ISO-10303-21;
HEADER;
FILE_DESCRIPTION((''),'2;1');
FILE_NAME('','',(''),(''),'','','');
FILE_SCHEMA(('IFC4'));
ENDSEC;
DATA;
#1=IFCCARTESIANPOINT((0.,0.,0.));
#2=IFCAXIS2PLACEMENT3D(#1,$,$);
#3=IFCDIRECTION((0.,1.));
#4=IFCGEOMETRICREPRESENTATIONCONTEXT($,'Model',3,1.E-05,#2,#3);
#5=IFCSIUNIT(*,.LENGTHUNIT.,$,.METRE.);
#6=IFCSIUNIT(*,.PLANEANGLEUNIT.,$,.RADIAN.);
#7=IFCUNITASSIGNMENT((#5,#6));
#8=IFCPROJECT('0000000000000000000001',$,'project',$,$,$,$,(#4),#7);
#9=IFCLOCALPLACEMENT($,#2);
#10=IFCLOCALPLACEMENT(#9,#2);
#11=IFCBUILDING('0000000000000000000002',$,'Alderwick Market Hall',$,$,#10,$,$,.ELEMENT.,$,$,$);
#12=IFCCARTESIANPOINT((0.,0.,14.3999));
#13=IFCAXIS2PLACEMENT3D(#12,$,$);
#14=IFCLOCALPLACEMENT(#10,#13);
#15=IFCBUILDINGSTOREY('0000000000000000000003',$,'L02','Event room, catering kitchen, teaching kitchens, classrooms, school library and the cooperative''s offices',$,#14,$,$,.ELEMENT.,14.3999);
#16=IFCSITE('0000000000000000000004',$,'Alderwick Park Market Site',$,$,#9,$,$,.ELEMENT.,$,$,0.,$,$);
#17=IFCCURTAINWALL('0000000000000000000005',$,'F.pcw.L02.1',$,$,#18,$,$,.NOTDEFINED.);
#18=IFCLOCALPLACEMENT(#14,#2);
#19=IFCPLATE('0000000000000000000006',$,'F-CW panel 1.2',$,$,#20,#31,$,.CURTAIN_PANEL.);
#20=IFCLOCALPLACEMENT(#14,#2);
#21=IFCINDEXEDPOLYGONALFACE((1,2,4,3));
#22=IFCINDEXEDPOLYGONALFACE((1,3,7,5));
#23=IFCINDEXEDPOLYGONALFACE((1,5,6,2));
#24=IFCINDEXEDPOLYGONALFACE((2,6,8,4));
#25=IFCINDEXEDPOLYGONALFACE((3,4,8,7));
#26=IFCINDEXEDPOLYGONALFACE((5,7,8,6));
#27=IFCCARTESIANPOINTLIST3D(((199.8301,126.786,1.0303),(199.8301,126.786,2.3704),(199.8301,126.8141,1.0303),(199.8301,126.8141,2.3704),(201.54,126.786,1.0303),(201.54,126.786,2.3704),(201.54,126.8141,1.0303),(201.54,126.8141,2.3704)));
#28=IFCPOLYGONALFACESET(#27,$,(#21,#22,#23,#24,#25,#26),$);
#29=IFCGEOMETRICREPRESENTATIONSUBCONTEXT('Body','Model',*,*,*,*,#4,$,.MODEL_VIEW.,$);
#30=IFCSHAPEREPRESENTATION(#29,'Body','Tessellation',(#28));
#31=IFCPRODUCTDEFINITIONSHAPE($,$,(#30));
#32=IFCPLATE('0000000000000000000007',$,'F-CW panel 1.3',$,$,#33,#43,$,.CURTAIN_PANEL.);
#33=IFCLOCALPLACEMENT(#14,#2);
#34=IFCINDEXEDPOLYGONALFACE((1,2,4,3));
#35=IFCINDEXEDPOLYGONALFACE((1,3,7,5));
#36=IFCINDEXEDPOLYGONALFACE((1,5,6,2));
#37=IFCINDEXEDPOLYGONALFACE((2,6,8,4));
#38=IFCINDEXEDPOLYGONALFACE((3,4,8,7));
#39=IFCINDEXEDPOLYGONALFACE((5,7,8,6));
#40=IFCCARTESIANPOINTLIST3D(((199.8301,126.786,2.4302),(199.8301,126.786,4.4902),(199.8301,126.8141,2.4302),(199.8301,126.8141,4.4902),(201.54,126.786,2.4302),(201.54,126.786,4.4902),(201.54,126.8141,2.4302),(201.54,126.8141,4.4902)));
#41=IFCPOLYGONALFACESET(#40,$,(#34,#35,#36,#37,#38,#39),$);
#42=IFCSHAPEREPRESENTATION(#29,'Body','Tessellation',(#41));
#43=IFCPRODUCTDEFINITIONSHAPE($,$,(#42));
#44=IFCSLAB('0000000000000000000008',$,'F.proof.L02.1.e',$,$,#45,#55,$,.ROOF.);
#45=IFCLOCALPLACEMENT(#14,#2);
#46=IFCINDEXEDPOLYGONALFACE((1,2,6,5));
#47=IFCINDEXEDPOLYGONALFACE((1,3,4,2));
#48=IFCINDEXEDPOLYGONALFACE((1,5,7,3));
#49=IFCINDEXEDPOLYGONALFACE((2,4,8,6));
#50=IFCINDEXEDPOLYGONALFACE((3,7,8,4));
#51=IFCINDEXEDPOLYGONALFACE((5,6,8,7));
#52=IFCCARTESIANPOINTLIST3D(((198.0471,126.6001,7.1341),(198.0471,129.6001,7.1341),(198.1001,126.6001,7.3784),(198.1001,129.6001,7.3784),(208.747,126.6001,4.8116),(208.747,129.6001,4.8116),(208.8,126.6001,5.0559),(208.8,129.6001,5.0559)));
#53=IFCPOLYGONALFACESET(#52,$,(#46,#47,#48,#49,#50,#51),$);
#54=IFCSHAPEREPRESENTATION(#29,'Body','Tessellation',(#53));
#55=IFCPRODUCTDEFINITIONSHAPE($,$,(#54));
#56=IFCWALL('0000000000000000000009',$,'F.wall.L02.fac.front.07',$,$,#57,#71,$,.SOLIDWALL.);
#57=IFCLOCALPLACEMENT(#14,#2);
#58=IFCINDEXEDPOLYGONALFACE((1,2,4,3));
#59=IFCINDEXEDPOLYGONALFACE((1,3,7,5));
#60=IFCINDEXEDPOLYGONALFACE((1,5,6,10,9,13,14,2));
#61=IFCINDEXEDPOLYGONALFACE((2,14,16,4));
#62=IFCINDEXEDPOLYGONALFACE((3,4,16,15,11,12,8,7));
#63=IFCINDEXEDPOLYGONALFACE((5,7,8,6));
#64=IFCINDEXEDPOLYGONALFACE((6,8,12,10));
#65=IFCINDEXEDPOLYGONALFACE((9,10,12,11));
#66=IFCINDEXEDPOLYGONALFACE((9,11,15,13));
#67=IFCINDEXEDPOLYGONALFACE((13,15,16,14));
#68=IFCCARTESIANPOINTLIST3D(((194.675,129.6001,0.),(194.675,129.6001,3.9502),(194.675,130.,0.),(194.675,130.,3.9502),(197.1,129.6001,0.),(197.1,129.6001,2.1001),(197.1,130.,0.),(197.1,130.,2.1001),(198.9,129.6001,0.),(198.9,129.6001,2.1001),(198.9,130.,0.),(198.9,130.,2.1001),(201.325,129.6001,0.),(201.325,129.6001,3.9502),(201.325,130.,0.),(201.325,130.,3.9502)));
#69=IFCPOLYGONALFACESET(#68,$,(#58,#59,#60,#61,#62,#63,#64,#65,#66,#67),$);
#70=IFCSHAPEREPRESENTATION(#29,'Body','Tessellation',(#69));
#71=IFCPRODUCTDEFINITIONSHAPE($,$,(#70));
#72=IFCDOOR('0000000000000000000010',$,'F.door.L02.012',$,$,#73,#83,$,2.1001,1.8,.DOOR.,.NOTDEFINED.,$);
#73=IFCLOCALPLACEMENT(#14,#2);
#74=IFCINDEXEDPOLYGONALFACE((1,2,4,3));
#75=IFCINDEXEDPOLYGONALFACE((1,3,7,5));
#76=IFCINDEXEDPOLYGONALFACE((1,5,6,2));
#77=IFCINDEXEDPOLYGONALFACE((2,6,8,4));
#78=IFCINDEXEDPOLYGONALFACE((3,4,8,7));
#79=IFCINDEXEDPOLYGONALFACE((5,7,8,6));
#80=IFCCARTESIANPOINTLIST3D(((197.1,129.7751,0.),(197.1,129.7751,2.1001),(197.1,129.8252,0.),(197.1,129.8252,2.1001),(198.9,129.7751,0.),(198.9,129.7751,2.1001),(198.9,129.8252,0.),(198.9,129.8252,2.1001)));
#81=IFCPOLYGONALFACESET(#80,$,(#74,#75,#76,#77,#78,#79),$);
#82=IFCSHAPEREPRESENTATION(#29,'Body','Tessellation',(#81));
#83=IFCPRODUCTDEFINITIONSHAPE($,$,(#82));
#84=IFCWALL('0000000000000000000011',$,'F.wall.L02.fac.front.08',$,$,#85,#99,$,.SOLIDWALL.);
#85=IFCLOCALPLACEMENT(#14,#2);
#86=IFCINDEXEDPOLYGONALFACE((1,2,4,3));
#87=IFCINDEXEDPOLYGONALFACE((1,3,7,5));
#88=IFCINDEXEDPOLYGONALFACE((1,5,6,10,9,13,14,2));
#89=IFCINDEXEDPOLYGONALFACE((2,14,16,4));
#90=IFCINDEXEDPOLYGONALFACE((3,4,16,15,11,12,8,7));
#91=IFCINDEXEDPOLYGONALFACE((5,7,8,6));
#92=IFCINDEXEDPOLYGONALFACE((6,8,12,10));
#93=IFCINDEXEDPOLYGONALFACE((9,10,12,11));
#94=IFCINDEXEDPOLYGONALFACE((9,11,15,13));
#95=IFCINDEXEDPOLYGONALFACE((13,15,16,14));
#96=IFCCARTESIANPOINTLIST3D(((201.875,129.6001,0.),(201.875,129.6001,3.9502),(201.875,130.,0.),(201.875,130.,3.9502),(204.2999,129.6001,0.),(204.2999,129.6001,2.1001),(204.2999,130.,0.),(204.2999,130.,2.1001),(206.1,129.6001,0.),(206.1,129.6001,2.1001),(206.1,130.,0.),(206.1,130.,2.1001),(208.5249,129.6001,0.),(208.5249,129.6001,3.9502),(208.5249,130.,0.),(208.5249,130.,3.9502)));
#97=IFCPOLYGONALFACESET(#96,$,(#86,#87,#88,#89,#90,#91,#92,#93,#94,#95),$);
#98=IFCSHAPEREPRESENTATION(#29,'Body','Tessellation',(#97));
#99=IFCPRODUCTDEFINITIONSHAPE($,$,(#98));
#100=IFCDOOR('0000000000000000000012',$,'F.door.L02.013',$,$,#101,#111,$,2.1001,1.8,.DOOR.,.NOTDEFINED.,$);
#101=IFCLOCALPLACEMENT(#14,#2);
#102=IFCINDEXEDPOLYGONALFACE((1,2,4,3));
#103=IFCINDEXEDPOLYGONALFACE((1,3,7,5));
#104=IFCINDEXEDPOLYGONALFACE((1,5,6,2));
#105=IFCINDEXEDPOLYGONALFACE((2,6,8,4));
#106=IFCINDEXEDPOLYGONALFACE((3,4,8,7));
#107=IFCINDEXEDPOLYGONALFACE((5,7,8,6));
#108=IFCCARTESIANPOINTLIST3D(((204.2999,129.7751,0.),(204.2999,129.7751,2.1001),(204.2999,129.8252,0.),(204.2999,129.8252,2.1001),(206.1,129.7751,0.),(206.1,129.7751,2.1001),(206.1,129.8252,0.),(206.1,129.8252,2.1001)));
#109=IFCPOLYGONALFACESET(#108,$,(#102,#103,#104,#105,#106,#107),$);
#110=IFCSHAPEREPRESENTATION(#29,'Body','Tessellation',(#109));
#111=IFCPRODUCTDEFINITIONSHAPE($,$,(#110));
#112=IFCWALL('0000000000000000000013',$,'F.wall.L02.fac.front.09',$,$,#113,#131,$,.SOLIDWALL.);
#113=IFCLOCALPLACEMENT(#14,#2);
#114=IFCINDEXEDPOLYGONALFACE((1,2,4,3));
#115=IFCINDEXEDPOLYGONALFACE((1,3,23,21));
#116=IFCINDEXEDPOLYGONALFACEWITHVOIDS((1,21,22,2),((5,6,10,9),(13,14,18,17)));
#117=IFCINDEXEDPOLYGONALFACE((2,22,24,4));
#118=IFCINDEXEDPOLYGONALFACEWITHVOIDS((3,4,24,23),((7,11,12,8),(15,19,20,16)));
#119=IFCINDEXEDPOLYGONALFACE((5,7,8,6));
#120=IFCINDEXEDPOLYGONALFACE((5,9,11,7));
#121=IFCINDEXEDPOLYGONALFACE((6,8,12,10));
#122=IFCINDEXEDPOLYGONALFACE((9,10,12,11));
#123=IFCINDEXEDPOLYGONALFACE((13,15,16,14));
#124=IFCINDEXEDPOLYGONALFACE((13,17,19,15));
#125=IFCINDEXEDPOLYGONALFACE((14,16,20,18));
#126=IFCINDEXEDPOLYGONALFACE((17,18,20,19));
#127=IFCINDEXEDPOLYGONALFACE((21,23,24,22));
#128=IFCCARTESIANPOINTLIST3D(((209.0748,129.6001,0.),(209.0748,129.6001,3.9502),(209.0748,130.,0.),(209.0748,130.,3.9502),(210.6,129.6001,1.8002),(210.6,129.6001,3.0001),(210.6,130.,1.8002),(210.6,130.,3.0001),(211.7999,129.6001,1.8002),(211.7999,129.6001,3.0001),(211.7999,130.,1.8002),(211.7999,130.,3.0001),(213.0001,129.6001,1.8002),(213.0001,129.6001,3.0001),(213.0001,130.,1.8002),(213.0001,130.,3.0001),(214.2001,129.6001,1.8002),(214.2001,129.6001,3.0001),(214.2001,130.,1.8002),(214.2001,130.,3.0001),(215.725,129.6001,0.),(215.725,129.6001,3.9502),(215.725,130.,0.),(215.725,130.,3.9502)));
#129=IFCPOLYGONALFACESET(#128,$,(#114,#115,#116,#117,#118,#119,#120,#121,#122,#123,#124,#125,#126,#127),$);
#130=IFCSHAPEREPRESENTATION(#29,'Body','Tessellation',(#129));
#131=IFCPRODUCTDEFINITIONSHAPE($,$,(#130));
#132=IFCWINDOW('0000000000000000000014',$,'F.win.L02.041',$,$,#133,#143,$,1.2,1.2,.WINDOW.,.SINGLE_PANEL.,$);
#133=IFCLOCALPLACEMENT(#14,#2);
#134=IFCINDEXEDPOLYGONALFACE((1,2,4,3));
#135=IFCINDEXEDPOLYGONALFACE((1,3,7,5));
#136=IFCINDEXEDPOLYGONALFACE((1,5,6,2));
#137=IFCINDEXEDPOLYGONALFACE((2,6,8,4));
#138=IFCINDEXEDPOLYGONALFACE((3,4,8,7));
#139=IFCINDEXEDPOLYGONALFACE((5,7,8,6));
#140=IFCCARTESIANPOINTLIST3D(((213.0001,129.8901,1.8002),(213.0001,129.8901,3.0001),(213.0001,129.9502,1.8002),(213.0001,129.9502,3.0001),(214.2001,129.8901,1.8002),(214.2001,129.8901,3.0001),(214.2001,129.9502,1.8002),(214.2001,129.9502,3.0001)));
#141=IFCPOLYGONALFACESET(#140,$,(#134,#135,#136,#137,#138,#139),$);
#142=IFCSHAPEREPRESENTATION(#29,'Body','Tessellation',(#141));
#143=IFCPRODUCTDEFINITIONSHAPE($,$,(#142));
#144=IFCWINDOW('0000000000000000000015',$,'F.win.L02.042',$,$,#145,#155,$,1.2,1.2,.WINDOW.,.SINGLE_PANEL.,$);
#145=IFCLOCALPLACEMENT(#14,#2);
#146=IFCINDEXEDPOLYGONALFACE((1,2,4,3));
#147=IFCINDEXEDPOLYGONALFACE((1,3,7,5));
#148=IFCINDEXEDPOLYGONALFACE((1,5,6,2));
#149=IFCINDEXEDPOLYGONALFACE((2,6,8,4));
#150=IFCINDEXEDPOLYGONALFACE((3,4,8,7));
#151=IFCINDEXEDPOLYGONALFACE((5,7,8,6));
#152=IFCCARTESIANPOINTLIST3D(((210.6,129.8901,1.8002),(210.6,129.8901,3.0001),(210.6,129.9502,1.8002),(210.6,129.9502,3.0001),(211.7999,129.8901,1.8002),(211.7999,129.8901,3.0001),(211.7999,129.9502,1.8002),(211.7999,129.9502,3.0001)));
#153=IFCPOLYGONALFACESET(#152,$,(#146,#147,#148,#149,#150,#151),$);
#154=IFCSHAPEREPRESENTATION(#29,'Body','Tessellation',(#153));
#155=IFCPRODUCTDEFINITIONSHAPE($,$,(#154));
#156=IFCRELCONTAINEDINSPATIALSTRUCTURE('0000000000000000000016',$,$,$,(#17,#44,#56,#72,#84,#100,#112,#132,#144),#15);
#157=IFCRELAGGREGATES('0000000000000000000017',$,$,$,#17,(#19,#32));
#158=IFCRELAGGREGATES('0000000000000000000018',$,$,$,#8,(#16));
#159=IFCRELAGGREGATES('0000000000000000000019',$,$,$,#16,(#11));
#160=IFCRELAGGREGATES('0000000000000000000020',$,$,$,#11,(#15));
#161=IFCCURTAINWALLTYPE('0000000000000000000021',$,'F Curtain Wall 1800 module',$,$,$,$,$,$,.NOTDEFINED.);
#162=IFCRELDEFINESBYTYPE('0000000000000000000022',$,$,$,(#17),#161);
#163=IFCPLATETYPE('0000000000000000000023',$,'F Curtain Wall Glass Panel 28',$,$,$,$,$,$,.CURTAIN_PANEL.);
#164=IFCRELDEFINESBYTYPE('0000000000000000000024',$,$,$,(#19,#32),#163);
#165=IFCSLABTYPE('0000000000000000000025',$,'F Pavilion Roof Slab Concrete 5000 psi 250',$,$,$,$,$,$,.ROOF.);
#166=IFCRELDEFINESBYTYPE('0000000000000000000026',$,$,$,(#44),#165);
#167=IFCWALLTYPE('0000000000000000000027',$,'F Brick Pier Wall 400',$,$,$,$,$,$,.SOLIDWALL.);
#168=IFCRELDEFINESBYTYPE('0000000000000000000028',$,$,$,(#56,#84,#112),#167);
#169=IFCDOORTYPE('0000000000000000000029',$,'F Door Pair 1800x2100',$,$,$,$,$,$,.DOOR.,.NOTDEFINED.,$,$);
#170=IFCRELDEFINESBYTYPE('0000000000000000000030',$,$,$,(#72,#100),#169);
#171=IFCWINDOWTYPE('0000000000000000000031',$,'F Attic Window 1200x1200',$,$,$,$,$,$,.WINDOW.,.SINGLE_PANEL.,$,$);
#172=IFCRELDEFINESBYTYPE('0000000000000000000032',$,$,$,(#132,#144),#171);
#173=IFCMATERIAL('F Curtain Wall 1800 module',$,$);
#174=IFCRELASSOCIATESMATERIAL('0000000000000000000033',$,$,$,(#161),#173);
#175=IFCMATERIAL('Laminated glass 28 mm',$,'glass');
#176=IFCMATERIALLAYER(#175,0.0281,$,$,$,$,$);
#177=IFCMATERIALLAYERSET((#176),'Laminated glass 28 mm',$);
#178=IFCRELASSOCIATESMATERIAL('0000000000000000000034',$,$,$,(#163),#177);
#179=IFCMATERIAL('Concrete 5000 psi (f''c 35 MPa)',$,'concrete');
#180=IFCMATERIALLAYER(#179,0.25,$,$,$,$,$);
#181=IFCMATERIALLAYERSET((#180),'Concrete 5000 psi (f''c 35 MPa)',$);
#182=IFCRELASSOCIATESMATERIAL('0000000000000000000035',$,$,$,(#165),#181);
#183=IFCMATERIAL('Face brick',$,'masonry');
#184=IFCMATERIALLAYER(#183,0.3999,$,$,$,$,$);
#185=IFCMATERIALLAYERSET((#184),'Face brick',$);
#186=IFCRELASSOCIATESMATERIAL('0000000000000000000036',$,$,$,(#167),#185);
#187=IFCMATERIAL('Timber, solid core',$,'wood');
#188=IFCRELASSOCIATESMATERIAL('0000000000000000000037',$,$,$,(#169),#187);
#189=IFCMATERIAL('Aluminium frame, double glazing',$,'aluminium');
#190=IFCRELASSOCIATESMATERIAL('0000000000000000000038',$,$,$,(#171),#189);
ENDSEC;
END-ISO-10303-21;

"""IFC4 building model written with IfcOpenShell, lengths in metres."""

from ifc_helpers import new_model, si_unit, direction, frame, frame_2d, origin, origin_2d, place, context, subcontext, project, spatial, polyline, rectangle, outline, extrude, material, layer, layer_set, type_object, element, fill, aggregate, save


model = new_model("IFC4")

# Units and contexts
model_context = context("Model", 3, precision=1e-05, world=origin(), true_north=direction((0.0, 1.0)))
body_context = subcontext(model_context, "Body", "Model", "MODEL_VIEW")
ifc_project = project(units=[si_unit("LENGTHUNIT", "METRE"), si_unit("PLANEANGLEUNIT", "RADIAN")], contexts=[model_context])

# Site, building, storey
site_placement = place(None, origin())
site = spatial("IfcSite", under=ifc_project, at=site_placement, Name="Alderwick Park Market Site", CompositionType="ELEMENT", RefElevation=0.0)
building_placement = place(site_placement, origin())
building = spatial("IfcBuilding", under=site, at=building_placement, Name="Alderwick Market Hall", CompositionType="ELEMENT")
storey_placement = place(building_placement, frame((0.0, 0.0, 14.3999)))
storey = spatial("IfcBuildingStorey", under=building, at=storey_placement, Name="L02", Description="Event room, catering kitchen, teaching kitchens, classrooms, school library and the cooperative's offices", CompositionType="ELEMENT", Elevation=14.3999)

# Shared definitions
ifc_material_1 = material(Name="Concrete 5000 psi (f'c 35 MPa)", Category="concrete")

# Curtain wall
ifc_material_2 = material(Name="F Curtain Wall 1800 module")
curtain_wall_type = type_object("IfcCurtainWallType", Name="F Curtain Wall 1800 module", PredefinedType="NOTDEFINED", material=ifc_material_2)
curtain_wall_placement = place(storey_placement, origin())
curtain_wall = element("IfcCurtainWall", 1, at=curtain_wall_placement, inside=storey, type_object=curtain_wall_type, Name="F.pcw.L02.1", PredefinedType="NOTDEFINED")

# Plates
ifc_material_3 = material(Name="Laminated glass 28 mm", Category="glass")
ifc_layer_1 = layer(ifc_material_3, 0.0281)
ifc_layer_set_1 = layer_set([ifc_layer_1], Name="Laminated glass 28 mm")
plate_type = type_object("IfcPlateType", Name="F Curtain Wall Glass Panel 28", PredefinedType="CURTAIN_PANEL", material=ifc_layer_set_1)
plate_1_placement = place(storey_placement, frame((200.6851, 126.8, 1.0303), z_axis=(0.0, 0.0, 1.0), x_axis=(-1.0, 0.0, 0.0)))
plate_1 = element("IfcPlate", 2, at=plate_1_placement, type_object=plate_type, Name="F-CW panel 1.2", PredefinedType="CURTAIN_PANEL", context=body_context, shape_type="SweptSolid", body=[
    extrude(rectangle(XDim=1.71, YDim=0.0281, at=origin_2d()), origin(), (0.0, 0.0, 1.0), 1.3401),
])
plate_2_placement = place(storey_placement, frame((200.6851, 126.8, 2.4302), z_axis=(0.0, 0.0, 1.0), x_axis=(-1.0, 0.0, 0.0)))
plate_2 = element("IfcPlate", 3, at=plate_2_placement, type_object=plate_type, Name="F-CW panel 1.3", PredefinedType="CURTAIN_PANEL", context=body_context, shape_type="SweptSolid", body=[
    extrude(rectangle(XDim=1.71, YDim=0.0281, at=origin_2d()), origin(), (0.0, 0.0, 1.0), 2.0601),
])
aggregate(curtain_wall, [plate_1, plate_2])

# Slab
ifc_layer_2 = layer(ifc_material_1, 0.25)
ifc_layer_set_2 = layer_set([ifc_layer_2], Name="Concrete 5000 psi (f'c 35 MPa)")
slab_type = type_object("IfcSlabType", Name="F Pavilion Roof Slab Concrete 5000 psi 250", PredefinedType="ROOF", material=ifc_layer_set_2)
slab_placement = place(storey_placement, frame((208.8, 129.6001, 5.0559), z_axis=(0.212119, 0.0, 0.977244), x_axis=(0.0, -1.0, 0.0)))
element("IfcSlab", 4, at=slab_placement, inside=storey, type_object=slab_type, Name="F.proof.L02.1.e", PredefinedType="ROOF", context=body_context, shape_type="SweptSolid", body=[
    extrude(outline(polyline([(0.0, 0.0), (3.0, 0.0), (3.0, -10.9491), (0.0, -10.9491), (0.0, 0.0)])), origin(), (0.0, 0.0, -1.0), 0.25),
])

# Walls, openings, doors
ifc_material_4 = material(Name="Face brick", Category="masonry")
ifc_layer_3 = layer(ifc_material_4, 0.3999)
ifc_layer_set_3 = layer_set([ifc_layer_3], Name="Face brick")
wall_type_1 = type_object("IfcWallType", Name="F Brick Pier Wall 400", PredefinedType="SOLIDWALL", material=ifc_layer_set_3)
wall_1_placement = place(storey_placement, frame((201.325, 129.8, 0.0), z_axis=(0.0, 0.0, 1.0), x_axis=(-1.0, 0.0, 0.0)))
wall_1 = element("IfcWall", 5, at=wall_1_placement, inside=storey, type_object=wall_type_1, Name="F.wall.L02.fac.front.07", PredefinedType="SOLIDWALL", context=body_context, shape_type="SweptSolid", body=[
    extrude(rectangle(XDim=6.6499, YDim=0.3999, at=frame_2d((3.325, 0.0))), origin(), (0.0, 0.0, 1.0), 3.9502),
])
opening_1_placement = place(wall_1_placement, frame((2.425, 0.0, 0.0)))
opening_1 = element("IfcOpeningElement", 6, at=opening_1_placement, cuts=wall_1, PredefinedType="OPENING", context=body_context, shape_type="SweptSolid", body=[
    extrude(rectangle(XDim=1.8, YDim=2.1001, at=frame_2d((0.8999, 1.05))), frame((0.0, 0.21, 0.0), z_axis=(0.0, -1.0, 0.0), x_axis=(1.0, 0.0, 0.0)), (0.0, 0.0, 1.0), 0.4199),
])
ifc_material_5 = material(Name="Timber, solid core", Category="wood")
door_type = type_object("IfcDoorType", Name="F Door Pair 1800x2100", OperationType="NOTDEFINED", PredefinedType="DOOR", material=ifc_material_5)
door_1_placement = place(opening_1_placement, origin())
door_1 = element("IfcDoor", 7, at=door_1_placement, inside=storey, type_object=door_type, Name="F.door.L02.012", OperationType="NOTDEFINED", OverallHeight=2.1001, OverallWidth=1.8, PredefinedType="DOOR", context=body_context, shape_type="SweptSolid", body=[
    extrude(rectangle(XDim=1.8, YDim=2.1001, at=frame_2d((0.8999, 1.05))), frame((0.0, 0.0249, 0.0), z_axis=(0.0, -1.0, 0.0), x_axis=(1.0, 0.0, 0.0)), (0.0, 0.0, 1.0), 0.05),
])
fill(opening_1, door_1)
wall_2_placement = place(storey_placement, frame((208.5249, 129.8, 0.0), z_axis=(0.0, 0.0, 1.0), x_axis=(-1.0, 0.0, 0.0)))
wall_2 = element("IfcWall", 8, at=wall_2_placement, inside=storey, type_object=wall_type_1, Name="F.wall.L02.fac.front.08", PredefinedType="SOLIDWALL", context=body_context, shape_type="SweptSolid", body=[
    extrude(rectangle(XDim=6.6499, YDim=0.3999, at=frame_2d((3.325, 0.0))), origin(), (0.0, 0.0, 1.0), 3.9502),
])
opening_2_placement = place(wall_2_placement, frame((2.425, 0.0, 0.0)))
opening_2 = element("IfcOpeningElement", 9, at=opening_2_placement, cuts=wall_2, PredefinedType="OPENING", context=body_context, shape_type="SweptSolid", body=[
    extrude(rectangle(XDim=1.8, YDim=2.1001, at=frame_2d((0.8999, 1.05))), frame((0.0, 0.21, 0.0), z_axis=(0.0, -1.0, 0.0), x_axis=(1.0, 0.0, 0.0)), (0.0, 0.0, 1.0), 0.4199),
])
door_2_placement = place(opening_2_placement, origin())
door_2 = element("IfcDoor", 10, at=door_2_placement, inside=storey, type_object=door_type, Name="F.door.L02.013", OperationType="NOTDEFINED", OverallHeight=2.1001, OverallWidth=1.8, PredefinedType="DOOR", context=body_context, shape_type="SweptSolid", body=[
    extrude(rectangle(XDim=1.8, YDim=2.1001, at=frame_2d((0.8999, 1.05))), frame((0.0, 0.0249, 0.0), z_axis=(0.0, -1.0, 0.0), x_axis=(1.0, 0.0, 0.0)), (0.0, 0.0, 1.0), 0.05),
])
fill(opening_2, door_2)

# Wall, openings, windows
wall_3_placement = place(storey_placement, frame((215.7251, 129.8, 0.0), z_axis=(0.0, 0.0, 1.0), x_axis=(-1.0, 0.0, 0.0)))
wall_3 = element("IfcWall", 11, at=wall_3_placement, inside=storey, type_object=wall_type_1, Name="F.wall.L02.fac.front.09", PredefinedType="SOLIDWALL", context=body_context, shape_type="SweptSolid", body=[
    extrude(rectangle(XDim=6.6501, YDim=0.3999, at=frame_2d((3.3252, 0.0))), origin(), (0.0, 0.0, 1.0), 3.9502),
])
opening_3_placement = place(wall_3_placement, frame((1.5249, 0.0, 1.8)))
opening_3 = element("IfcOpeningElement", 12, at=opening_3_placement, cuts=wall_3, PredefinedType="OPENING", context=body_context, shape_type="SweptSolid", body=[
    extrude(rectangle(XDim=1.2, YDim=1.2, at=frame_2d((0.6001, 0.6001))), frame((0.0, 0.21, 0.0), z_axis=(0.0, -1.0, 0.0), x_axis=(1.0, 0.0, 0.0)), (0.0, 0.0, 1.0), 0.4199),
])
opening_4_placement = place(wall_3_placement, frame((3.925, 0.0, 1.8)))
opening_4 = element("IfcOpeningElement", 13, at=opening_4_placement, cuts=wall_3, PredefinedType="OPENING", context=body_context, shape_type="SweptSolid", body=[
    extrude(rectangle(XDim=1.2, YDim=1.2, at=frame_2d((0.6001, 0.6001))), frame((0.0, 0.21, 0.0), z_axis=(0.0, -1.0, 0.0), x_axis=(1.0, 0.0, 0.0)), (0.0, 0.0, 1.0), 0.4199),
])
ifc_material_6 = material(Name="Aluminium frame, double glazing", Category="aluminium")
window_type = type_object("IfcWindowType", Name="F Attic Window 1200x1200", PartitioningType="SINGLE_PANEL", PredefinedType="WINDOW", material=ifc_material_6)
window_1_placement = place(opening_3_placement, origin())
window_1 = element("IfcWindow", 14, at=window_1_placement, inside=storey, type_object=window_type, Name="F.win.L02.041", OverallHeight=1.2, OverallWidth=1.2, PartitioningType="SINGLE_PANEL", PredefinedType="WINDOW", context=body_context, shape_type="SweptSolid", body=[
    extrude(rectangle(XDim=1.2, YDim=1.2, at=frame_2d((0.6001, 0.6001))), frame((0.0, -0.0901, 0.0), z_axis=(0.0, -1.0, 0.0), x_axis=(1.0, 0.0, 0.0)), (0.0, 0.0, 1.0), 0.0601),
])
fill(opening_3, window_1)
window_2_placement = place(opening_4_placement, origin())
window_2 = element("IfcWindow", 15, at=window_2_placement, inside=storey, type_object=window_type, Name="F.win.L02.042", OverallHeight=1.2, OverallWidth=1.2, PartitioningType="SINGLE_PANEL", PredefinedType="WINDOW", context=body_context, shape_type="SweptSolid", body=[
    extrude(rectangle(XDim=1.2, YDim=1.2, at=frame_2d((0.6001, 0.6001))), frame((0.0, -0.0901, 0.0), z_axis=(0.0, -1.0, 0.0), x_axis=(1.0, 0.0, 0.0)), (0.0, 0.0, 1.0), 0.0601),
])
fill(opening_4, window_2)

save(model, "model.ifc")
